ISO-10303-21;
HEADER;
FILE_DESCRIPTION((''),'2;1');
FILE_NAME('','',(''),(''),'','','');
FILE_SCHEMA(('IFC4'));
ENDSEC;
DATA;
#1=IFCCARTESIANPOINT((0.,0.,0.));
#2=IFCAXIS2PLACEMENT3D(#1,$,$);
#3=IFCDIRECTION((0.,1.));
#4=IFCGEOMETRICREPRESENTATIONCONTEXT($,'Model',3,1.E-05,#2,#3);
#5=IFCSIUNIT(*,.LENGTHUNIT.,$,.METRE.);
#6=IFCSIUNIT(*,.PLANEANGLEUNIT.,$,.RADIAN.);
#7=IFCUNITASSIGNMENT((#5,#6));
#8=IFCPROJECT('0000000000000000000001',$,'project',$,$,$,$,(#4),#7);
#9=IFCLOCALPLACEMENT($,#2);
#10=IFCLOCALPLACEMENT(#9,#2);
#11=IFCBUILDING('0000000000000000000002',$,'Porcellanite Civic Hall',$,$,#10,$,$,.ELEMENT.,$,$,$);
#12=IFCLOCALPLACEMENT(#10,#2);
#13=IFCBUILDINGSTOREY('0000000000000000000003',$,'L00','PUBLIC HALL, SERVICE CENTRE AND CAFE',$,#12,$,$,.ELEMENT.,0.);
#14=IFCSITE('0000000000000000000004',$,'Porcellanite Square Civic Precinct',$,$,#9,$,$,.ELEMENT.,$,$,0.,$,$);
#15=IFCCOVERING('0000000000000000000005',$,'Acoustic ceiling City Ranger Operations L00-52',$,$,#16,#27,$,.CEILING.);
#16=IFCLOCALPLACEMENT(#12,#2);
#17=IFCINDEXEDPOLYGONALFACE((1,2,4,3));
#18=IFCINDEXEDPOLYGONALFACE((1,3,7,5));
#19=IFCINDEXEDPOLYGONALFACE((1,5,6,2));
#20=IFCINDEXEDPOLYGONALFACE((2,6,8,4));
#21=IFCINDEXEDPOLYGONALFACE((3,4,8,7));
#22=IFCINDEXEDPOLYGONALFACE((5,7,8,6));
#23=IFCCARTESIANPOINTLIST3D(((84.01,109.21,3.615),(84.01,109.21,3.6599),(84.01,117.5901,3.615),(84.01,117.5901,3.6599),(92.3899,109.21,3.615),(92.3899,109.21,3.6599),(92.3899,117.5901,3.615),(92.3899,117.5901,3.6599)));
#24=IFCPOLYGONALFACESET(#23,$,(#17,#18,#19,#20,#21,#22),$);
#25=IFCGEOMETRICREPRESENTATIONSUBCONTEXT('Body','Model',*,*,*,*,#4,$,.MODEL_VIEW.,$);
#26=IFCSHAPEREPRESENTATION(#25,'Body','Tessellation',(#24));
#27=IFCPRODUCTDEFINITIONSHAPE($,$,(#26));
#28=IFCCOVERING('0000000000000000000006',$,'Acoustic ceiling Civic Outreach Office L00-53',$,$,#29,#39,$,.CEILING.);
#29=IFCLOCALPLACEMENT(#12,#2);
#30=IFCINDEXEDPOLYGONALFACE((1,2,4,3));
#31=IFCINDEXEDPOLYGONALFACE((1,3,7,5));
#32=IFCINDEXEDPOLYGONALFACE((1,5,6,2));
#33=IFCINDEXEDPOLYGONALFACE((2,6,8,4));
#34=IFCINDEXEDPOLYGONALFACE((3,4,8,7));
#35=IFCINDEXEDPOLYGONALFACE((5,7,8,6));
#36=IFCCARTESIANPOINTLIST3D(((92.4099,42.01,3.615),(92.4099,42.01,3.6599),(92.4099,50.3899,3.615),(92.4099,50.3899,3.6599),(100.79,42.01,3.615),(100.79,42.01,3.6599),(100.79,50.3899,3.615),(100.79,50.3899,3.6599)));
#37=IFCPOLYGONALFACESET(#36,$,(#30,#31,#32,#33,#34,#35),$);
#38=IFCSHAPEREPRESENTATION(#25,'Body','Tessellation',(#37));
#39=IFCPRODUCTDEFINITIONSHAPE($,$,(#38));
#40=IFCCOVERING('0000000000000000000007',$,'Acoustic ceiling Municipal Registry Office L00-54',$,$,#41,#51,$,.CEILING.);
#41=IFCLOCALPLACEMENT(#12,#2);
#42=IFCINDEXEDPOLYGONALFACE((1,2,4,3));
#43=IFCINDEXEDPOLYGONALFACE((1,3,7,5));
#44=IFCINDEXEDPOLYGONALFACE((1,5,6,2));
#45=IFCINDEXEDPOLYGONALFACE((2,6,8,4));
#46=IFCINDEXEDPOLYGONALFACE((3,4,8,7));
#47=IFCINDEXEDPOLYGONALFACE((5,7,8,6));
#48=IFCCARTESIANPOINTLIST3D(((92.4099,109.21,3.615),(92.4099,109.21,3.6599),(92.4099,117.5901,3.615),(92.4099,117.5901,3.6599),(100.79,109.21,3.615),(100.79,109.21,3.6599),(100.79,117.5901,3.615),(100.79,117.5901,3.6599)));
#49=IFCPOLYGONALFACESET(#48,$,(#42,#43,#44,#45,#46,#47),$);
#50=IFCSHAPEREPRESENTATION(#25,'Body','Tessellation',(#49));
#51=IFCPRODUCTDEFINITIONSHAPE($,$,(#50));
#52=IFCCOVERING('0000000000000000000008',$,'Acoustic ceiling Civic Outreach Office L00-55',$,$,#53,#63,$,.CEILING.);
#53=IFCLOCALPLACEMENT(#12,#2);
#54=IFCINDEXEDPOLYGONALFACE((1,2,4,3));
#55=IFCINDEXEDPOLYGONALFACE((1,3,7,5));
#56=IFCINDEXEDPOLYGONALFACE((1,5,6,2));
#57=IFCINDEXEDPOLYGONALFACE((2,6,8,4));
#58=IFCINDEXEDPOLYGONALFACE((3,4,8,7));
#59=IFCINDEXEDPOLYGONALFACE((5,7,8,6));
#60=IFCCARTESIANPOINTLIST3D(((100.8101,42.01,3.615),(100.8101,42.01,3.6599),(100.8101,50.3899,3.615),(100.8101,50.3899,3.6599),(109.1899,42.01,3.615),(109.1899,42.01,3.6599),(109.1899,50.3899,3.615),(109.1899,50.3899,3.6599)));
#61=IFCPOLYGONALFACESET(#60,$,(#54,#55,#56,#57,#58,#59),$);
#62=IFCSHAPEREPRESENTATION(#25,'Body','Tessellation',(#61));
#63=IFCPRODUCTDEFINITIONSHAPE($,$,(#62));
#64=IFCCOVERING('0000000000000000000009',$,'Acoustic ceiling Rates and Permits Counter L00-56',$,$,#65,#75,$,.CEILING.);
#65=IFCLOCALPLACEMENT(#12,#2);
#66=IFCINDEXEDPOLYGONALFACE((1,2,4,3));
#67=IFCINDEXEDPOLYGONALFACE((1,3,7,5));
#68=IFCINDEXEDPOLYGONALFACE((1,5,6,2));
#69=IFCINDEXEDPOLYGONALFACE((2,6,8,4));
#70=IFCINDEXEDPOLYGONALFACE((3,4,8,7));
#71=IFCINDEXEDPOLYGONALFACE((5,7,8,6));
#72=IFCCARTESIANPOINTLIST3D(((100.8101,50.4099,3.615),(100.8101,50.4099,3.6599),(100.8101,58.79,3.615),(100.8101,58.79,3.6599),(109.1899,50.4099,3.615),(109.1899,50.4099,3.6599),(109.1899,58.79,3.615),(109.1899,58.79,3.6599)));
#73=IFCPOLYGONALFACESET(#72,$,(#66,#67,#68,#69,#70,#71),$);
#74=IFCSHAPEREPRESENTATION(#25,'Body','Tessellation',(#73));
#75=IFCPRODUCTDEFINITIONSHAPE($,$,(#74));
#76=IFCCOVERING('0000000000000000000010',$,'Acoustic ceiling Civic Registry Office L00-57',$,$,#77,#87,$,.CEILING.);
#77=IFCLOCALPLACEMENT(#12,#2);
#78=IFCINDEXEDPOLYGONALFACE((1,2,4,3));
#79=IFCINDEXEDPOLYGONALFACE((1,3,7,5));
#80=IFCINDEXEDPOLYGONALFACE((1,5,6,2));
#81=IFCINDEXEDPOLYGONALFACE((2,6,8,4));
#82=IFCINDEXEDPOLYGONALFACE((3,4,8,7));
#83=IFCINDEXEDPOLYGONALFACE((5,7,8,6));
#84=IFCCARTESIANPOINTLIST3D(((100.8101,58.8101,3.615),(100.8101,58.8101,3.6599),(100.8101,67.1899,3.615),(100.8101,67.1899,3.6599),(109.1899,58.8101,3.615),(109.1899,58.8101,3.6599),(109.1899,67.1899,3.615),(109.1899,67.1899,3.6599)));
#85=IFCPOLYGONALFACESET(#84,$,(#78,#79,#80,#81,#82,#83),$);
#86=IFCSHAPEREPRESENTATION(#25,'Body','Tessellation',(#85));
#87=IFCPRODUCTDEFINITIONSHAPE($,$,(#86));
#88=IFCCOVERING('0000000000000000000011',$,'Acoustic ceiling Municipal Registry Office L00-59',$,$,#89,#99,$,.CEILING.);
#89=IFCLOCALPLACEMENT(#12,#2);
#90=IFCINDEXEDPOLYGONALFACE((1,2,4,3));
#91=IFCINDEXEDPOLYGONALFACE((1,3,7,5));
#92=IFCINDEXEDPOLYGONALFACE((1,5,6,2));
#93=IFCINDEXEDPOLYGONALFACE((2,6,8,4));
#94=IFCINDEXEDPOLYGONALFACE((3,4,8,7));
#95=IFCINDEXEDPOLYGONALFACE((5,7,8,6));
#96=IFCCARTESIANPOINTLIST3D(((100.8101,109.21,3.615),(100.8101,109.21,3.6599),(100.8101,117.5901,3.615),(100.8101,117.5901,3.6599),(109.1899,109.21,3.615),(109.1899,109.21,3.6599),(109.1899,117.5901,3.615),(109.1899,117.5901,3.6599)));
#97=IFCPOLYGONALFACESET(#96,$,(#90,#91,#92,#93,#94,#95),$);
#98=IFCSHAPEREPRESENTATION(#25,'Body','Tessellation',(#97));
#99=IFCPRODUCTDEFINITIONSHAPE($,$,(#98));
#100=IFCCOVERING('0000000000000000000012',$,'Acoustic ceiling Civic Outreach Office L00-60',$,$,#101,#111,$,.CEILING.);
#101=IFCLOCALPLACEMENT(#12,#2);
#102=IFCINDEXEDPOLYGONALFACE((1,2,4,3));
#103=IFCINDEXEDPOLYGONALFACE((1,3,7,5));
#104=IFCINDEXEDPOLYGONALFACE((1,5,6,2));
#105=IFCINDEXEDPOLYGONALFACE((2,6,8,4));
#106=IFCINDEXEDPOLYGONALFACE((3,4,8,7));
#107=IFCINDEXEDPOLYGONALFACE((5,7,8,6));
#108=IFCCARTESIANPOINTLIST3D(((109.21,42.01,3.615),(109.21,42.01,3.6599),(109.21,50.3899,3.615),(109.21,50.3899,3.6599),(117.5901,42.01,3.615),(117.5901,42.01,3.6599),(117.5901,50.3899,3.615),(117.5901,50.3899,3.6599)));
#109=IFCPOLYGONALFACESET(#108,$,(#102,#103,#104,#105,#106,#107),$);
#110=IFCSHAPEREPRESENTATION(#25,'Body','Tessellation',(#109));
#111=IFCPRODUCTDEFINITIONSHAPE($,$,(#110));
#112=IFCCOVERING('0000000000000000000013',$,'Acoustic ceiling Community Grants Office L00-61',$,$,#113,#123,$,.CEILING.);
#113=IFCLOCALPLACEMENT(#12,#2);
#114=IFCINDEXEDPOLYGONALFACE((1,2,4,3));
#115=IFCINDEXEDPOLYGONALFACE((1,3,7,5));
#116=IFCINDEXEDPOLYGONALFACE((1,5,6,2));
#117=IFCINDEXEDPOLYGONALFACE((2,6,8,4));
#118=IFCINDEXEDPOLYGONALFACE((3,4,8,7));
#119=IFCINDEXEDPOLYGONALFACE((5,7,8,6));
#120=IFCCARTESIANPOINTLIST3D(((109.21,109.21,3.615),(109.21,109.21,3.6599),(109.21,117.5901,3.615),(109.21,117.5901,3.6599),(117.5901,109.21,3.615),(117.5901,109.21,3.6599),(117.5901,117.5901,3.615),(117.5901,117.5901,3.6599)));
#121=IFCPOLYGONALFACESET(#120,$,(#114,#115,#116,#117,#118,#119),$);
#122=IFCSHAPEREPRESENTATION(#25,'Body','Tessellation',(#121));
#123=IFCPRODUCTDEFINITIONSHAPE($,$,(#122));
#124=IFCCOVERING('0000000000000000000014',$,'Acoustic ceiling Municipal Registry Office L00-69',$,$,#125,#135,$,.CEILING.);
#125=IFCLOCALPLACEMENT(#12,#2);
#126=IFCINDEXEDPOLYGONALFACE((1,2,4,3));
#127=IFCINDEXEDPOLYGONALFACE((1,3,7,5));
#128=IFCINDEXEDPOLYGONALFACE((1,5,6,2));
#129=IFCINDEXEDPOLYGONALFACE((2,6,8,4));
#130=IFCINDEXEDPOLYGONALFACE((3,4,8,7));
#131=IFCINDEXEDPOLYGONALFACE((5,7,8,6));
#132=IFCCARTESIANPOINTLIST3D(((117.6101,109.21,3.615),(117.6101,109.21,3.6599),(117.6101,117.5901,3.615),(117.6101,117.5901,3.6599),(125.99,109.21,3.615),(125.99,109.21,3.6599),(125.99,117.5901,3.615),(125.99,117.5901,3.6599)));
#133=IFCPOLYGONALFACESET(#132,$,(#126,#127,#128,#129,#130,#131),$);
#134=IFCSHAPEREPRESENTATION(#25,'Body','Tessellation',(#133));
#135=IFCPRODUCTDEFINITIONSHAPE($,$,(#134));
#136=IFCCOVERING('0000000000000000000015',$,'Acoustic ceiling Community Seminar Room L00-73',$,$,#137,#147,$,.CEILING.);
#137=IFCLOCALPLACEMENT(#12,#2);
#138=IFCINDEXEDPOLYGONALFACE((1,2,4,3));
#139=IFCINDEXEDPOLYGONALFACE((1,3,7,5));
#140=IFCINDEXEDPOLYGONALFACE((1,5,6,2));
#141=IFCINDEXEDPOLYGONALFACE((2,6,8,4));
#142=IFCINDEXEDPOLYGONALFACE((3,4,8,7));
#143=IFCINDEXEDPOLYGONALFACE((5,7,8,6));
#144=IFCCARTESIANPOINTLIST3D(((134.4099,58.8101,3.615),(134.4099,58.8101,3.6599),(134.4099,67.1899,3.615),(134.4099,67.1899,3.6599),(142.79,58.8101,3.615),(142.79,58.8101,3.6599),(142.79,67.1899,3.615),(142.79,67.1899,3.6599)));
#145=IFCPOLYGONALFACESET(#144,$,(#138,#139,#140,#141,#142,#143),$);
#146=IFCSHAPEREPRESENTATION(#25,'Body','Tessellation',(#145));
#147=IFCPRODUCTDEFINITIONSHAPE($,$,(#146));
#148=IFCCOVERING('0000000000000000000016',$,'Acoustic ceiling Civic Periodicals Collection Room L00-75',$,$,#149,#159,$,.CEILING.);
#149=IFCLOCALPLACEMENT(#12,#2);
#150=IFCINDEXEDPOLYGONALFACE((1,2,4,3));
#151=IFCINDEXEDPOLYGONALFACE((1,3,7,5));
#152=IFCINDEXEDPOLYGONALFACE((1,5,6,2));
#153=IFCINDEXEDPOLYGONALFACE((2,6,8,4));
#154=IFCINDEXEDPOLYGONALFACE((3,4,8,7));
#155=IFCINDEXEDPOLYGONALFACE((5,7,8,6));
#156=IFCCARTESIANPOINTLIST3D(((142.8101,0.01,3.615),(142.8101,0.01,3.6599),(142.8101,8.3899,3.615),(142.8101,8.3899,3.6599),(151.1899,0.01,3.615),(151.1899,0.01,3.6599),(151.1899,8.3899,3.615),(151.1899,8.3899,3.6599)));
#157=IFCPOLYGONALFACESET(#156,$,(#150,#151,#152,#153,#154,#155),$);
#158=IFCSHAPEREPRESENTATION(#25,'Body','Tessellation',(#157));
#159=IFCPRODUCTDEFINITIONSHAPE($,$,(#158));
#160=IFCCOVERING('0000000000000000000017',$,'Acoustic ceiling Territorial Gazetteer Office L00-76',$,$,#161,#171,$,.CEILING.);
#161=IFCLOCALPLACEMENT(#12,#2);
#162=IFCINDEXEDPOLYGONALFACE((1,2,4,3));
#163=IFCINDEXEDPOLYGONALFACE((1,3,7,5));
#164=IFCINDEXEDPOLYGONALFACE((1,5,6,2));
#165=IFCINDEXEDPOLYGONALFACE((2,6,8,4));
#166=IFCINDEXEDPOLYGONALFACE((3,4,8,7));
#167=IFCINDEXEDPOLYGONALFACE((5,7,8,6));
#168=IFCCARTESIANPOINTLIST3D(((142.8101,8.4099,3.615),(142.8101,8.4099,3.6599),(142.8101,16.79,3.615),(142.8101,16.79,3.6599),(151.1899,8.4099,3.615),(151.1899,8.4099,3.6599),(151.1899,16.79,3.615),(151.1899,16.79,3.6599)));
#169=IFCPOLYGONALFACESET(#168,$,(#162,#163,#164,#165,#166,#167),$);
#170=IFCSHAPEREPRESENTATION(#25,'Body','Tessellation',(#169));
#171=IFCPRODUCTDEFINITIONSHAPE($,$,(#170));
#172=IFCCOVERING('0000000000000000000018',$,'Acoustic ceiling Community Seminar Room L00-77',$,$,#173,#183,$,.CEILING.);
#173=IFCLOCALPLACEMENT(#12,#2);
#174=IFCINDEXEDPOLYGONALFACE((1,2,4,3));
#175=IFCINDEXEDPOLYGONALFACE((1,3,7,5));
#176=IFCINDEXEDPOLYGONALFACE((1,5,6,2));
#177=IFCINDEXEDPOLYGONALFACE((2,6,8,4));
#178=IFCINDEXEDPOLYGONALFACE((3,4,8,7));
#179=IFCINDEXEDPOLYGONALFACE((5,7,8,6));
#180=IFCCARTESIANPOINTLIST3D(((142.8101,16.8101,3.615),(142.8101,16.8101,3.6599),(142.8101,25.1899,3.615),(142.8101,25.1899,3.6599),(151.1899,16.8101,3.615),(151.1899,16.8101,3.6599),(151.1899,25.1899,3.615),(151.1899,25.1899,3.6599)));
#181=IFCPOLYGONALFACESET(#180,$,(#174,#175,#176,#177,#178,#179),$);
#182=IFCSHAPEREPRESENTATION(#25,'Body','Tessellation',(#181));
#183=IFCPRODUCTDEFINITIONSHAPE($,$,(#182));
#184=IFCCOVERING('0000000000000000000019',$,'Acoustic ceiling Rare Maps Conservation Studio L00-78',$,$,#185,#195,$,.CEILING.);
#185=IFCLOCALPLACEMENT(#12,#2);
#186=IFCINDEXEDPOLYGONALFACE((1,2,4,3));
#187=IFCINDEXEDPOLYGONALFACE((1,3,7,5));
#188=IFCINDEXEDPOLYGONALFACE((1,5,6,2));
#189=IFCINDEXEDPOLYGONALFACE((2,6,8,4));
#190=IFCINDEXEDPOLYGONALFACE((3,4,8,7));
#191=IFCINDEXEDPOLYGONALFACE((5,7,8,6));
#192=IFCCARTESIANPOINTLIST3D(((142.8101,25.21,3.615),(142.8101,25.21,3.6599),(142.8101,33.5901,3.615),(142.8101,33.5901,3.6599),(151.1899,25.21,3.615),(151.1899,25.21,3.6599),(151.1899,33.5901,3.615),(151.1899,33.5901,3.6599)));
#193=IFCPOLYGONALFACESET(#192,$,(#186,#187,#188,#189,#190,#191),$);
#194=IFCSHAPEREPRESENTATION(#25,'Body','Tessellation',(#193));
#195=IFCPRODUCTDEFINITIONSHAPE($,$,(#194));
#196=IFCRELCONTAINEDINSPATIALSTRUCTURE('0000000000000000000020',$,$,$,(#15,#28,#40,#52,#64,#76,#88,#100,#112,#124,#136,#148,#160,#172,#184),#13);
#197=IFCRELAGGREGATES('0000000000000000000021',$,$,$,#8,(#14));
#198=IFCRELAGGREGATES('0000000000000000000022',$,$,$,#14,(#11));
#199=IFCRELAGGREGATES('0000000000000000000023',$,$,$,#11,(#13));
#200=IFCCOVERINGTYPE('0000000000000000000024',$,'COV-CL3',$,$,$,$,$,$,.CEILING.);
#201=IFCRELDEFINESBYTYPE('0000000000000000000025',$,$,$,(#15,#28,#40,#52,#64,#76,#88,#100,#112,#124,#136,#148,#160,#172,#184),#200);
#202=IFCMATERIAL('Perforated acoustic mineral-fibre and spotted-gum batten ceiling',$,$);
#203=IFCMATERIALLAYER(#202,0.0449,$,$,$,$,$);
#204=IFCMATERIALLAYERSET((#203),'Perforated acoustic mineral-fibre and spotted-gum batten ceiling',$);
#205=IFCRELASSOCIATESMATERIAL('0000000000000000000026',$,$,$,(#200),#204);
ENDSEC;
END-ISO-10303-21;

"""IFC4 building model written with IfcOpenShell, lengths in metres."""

from ifc_helpers import new_model, si_unit, direction, frame, origin, place, context, subcontext, project, spatial, polyline, outline, extrude, material, layer, layer_set, type_object, element, save


model = new_model("IFC4")

# Units and contexts
model_context = context("Model", 3, precision=1e-05, world=origin(), true_north=direction((0.0, 1.0)))
body_context = subcontext(model_context, "Body", "Model", "MODEL_VIEW")
ifc_project = project(units=[si_unit("LENGTHUNIT", "METRE"), si_unit("PLANEANGLEUNIT", "RADIAN")], contexts=[model_context])

# Site, building, storey
site_placement = place(None, origin())
site = spatial("IfcSite", under=ifc_project, at=site_placement, Name="Porcellanite Square Civic Precinct", CompositionType="ELEMENT", RefElevation=0.0)
building_placement = place(site_placement, origin())
building = spatial("IfcBuilding", under=site, at=building_placement, Name="Porcellanite Civic Hall", CompositionType="ELEMENT")
storey_placement = place(building_placement, origin())
storey = spatial("IfcBuildingStorey", under=building, at=storey_placement, Name="L00", Description="PUBLIC HALL, SERVICE CENTRE AND CAFE", CompositionType="ELEMENT", Elevation=0.0)

# Coverings
ifc_material_1 = material(Name="Perforated acoustic mineral-fibre and spotted-gum batten ceiling")
ifc_layer_1 = layer(ifc_material_1, 0.0449)
ifc_layer_set_1 = layer_set([ifc_layer_1], Name="Perforated acoustic mineral-fibre and spotted-gum batten ceiling")
covering_type_1 = type_object("IfcCoveringType", Name="COV-CL3", PredefinedType="CEILING", material=ifc_layer_set_1)
covering_1_placement = place(storey_placement, frame((0.0, 0.0, 3.615)))
element("IfcCovering", 1, at=covering_1_placement, inside=storey, type_object=covering_type_1, Name="Acoustic ceiling City Ranger Operations L00-52", PredefinedType="CEILING", context=body_context, shape_type="SweptSolid", body=[
    extrude(outline(polyline([(84.01, 109.21), (92.3899, 109.21), (92.3899, 117.5901), (84.01, 117.5901), (84.01, 109.21)])), origin(), (0.0, 0.0, 1.0), 0.0449),
])
covering_2_placement = place(storey_placement, frame((0.0, 0.0, 3.615)))
element("IfcCovering", 2, at=covering_2_placement, inside=storey, type_object=covering_type_1, Name="Acoustic ceiling Civic Outreach Office L00-53", PredefinedType="CEILING", context=body_context, shape_type="SweptSolid", body=[
    extrude(outline(polyline([(92.4099, 42.01), (100.79, 42.01), (100.79, 50.3899), (92.4099, 50.3899), (92.4099, 42.01)])), origin(), (0.0, 0.0, 1.0), 0.0449),
])
covering_3_placement = place(storey_placement, frame((0.0, 0.0, 3.615)))
element("IfcCovering", 3, at=covering_3_placement, inside=storey, type_object=covering_type_1, Name="Acoustic ceiling Municipal Registry Office L00-54", PredefinedType="CEILING", context=body_context, shape_type="SweptSolid", body=[
    extrude(outline(polyline([(92.4099, 109.21), (100.79, 109.21), (100.79, 117.5901), (92.4099, 117.5901), (92.4099, 109.21)])), origin(), (0.0, 0.0, 1.0), 0.0449),
])
covering_4_placement = place(storey_placement, frame((0.0, 0.0, 3.615)))
element("IfcCovering", 4, at=covering_4_placement, inside=storey, type_object=covering_type_1, Name="Acoustic ceiling Civic Outreach Office L00-55", PredefinedType="CEILING", context=body_context, shape_type="SweptSolid", body=[
    extrude(outline(polyline([(100.8101, 42.01), (109.1899, 42.01), (109.1899, 50.3899), (100.8101, 50.3899), (100.8101, 42.01)])), origin(), (0.0, 0.0, 1.0), 0.0449),
])
covering_5_placement = place(storey_placement, frame((0.0, 0.0, 3.615)))
element("IfcCovering", 5, at=covering_5_placement, inside=storey, type_object=covering_type_1, Name="Acoustic ceiling Rates and Permits Counter L00-56", PredefinedType="CEILING", context=body_context, shape_type="SweptSolid", body=[
    extrude(outline(polyline([(100.8101, 50.4099), (109.1899, 50.4099), (109.1899, 58.79), (100.8101, 58.79), (100.8101, 50.4099)])), origin(), (0.0, 0.0, 1.0), 0.0449),
])
covering_6_placement = place(storey_placement, frame((0.0, 0.0, 3.615)))
element("IfcCovering", 6, at=covering_6_placement, inside=storey, type_object=covering_type_1, Name="Acoustic ceiling Civic Registry Office L00-57", PredefinedType="CEILING", context=body_context, shape_type="SweptSolid", body=[
    extrude(outline(polyline([(100.8101, 58.8101), (109.1899, 58.8101), (109.1899, 67.1899), (100.8101, 67.1899), (100.8101, 58.8101)])), origin(), (0.0, 0.0, 1.0), 0.0449),
])
covering_7_placement = place(storey_placement, frame((0.0, 0.0, 3.615)))
element("IfcCovering", 7, at=covering_7_placement, inside=storey, type_object=covering_type_1, Name="Acoustic ceiling Municipal Registry Office L00-59", PredefinedType="CEILING", context=body_context, shape_type="SweptSolid", body=[
    extrude(outline(polyline([(100.8101, 109.21), (109.1899, 109.21), (109.1899, 117.5901), (100.8101, 117.5901), (100.8101, 109.21)])), origin(), (0.0, 0.0, 1.0), 0.0449),
])
covering_8_placement = place(storey_placement, frame((0.0, 0.0, 3.615)))
element("IfcCovering", 8, at=covering_8_placement, inside=storey, type_object=covering_type_1, Name="Acoustic ceiling Civic Outreach Office L00-60", PredefinedType="CEILING", context=body_context, shape_type="SweptSolid", body=[
    extrude(outline(polyline([(109.21, 42.01), (117.5901, 42.01), (117.5901, 50.3899), (109.21, 50.3899), (109.21, 42.01)])), origin(), (0.0, 0.0, 1.0), 0.0449),
])
covering_9_placement = place(storey_placement, frame((0.0, 0.0, 3.615)))
element("IfcCovering", 9, at=covering_9_placement, inside=storey, type_object=covering_type_1, Name="Acoustic ceiling Community Grants Office L00-61", PredefinedType="CEILING", context=body_context, shape_type="SweptSolid", body=[
    extrude(outline(polyline([(109.21, 109.21), (117.5901, 109.21), (117.5901, 117.5901), (109.21, 117.5901), (109.21, 109.21)])), origin(), (0.0, 0.0, 1.0), 0.0449),
])
covering_10_placement = place(storey_placement, frame((0.0, 0.0, 3.615)))
element("IfcCovering", 10, at=covering_10_placement, inside=storey, type_object=covering_type_1, Name="Acoustic ceiling Municipal Registry Office L00-69", PredefinedType="CEILING", context=body_context, shape_type="SweptSolid", body=[
    extrude(outline(polyline([(117.6101, 109.21), (125.99, 109.21), (125.99, 117.5901), (117.6101, 117.5901), (117.6101, 109.21)])), origin(), (0.0, 0.0, 1.0), 0.0449),
])
covering_11_placement = place(storey_placement, frame((0.0, 0.0, 3.615)))
element("IfcCovering", 11, at=covering_11_placement, inside=storey, type_object=covering_type_1, Name="Acoustic ceiling Community Seminar Room L00-73", PredefinedType="CEILING", context=body_context, shape_type="SweptSolid", body=[
    extrude(outline(polyline([(134.4099, 58.8101), (142.79, 58.8101), (142.79, 67.1899), (134.4099, 67.1899), (134.4099, 58.8101)])), origin(), (0.0, 0.0, 1.0), 0.0449),
])
covering_12_placement = place(storey_placement, frame((0.0, 0.0, 3.615)))
element("IfcCovering", 12, at=covering_12_placement, inside=storey, type_object=covering_type_1, Name="Acoustic ceiling Civic Periodicals Collection Room L00-75", PredefinedType="CEILING", context=body_context, shape_type="SweptSolid", body=[
    extrude(outline(polyline([(142.8101, 0.01), (151.1899, 0.01), (151.1899, 8.3899), (142.8101, 8.3899), (142.8101, 0.01)])), origin(), (0.0, 0.0, 1.0), 0.0449),
])
covering_13_placement = place(storey_placement, frame((0.0, 0.0, 3.615)))
element("IfcCovering", 13, at=covering_13_placement, inside=storey, type_object=covering_type_1, Name="Acoustic ceiling Territorial Gazetteer Office L00-76", PredefinedType="CEILING", context=body_context, shape_type="SweptSolid", body=[
    extrude(outline(polyline([(142.8101, 8.4099), (151.1899, 8.4099), (151.1899, 16.79), (142.8101, 16.79), (142.8101, 8.4099)])), origin(), (0.0, 0.0, 1.0), 0.0449),
])
covering_14_placement = place(storey_placement, frame((0.0, 0.0, 3.615)))
element("IfcCovering", 14, at=covering_14_placement, inside=storey, type_object=covering_type_1, Name="Acoustic ceiling Community Seminar Room L00-77", PredefinedType="CEILING", context=body_context, shape_type="SweptSolid", body=[
    extrude(outline(polyline([(142.8101, 16.8101), (151.1899, 16.8101), (151.1899, 25.1899), (142.8101, 25.1899), (142.8101, 16.8101)])), origin(), (0.0, 0.0, 1.0), 0.0449),
])
covering_15_placement = place(storey_placement, frame((0.0, 0.0, 3.615)))
element("IfcCovering", 15, at=covering_15_placement, inside=storey, type_object=covering_type_1, Name="Acoustic ceiling Rare Maps Conservation Studio L00-78", PredefinedType="CEILING", context=body_context, shape_type="SweptSolid", body=[
    extrude(outline(polyline([(142.8101, 25.21), (151.1899, 25.21), (151.1899, 33.5901), (142.8101, 33.5901), (142.8101, 25.21)])), origin(), (0.0, 0.0, 1.0), 0.0449),
])

save(model, "model.ifc")
